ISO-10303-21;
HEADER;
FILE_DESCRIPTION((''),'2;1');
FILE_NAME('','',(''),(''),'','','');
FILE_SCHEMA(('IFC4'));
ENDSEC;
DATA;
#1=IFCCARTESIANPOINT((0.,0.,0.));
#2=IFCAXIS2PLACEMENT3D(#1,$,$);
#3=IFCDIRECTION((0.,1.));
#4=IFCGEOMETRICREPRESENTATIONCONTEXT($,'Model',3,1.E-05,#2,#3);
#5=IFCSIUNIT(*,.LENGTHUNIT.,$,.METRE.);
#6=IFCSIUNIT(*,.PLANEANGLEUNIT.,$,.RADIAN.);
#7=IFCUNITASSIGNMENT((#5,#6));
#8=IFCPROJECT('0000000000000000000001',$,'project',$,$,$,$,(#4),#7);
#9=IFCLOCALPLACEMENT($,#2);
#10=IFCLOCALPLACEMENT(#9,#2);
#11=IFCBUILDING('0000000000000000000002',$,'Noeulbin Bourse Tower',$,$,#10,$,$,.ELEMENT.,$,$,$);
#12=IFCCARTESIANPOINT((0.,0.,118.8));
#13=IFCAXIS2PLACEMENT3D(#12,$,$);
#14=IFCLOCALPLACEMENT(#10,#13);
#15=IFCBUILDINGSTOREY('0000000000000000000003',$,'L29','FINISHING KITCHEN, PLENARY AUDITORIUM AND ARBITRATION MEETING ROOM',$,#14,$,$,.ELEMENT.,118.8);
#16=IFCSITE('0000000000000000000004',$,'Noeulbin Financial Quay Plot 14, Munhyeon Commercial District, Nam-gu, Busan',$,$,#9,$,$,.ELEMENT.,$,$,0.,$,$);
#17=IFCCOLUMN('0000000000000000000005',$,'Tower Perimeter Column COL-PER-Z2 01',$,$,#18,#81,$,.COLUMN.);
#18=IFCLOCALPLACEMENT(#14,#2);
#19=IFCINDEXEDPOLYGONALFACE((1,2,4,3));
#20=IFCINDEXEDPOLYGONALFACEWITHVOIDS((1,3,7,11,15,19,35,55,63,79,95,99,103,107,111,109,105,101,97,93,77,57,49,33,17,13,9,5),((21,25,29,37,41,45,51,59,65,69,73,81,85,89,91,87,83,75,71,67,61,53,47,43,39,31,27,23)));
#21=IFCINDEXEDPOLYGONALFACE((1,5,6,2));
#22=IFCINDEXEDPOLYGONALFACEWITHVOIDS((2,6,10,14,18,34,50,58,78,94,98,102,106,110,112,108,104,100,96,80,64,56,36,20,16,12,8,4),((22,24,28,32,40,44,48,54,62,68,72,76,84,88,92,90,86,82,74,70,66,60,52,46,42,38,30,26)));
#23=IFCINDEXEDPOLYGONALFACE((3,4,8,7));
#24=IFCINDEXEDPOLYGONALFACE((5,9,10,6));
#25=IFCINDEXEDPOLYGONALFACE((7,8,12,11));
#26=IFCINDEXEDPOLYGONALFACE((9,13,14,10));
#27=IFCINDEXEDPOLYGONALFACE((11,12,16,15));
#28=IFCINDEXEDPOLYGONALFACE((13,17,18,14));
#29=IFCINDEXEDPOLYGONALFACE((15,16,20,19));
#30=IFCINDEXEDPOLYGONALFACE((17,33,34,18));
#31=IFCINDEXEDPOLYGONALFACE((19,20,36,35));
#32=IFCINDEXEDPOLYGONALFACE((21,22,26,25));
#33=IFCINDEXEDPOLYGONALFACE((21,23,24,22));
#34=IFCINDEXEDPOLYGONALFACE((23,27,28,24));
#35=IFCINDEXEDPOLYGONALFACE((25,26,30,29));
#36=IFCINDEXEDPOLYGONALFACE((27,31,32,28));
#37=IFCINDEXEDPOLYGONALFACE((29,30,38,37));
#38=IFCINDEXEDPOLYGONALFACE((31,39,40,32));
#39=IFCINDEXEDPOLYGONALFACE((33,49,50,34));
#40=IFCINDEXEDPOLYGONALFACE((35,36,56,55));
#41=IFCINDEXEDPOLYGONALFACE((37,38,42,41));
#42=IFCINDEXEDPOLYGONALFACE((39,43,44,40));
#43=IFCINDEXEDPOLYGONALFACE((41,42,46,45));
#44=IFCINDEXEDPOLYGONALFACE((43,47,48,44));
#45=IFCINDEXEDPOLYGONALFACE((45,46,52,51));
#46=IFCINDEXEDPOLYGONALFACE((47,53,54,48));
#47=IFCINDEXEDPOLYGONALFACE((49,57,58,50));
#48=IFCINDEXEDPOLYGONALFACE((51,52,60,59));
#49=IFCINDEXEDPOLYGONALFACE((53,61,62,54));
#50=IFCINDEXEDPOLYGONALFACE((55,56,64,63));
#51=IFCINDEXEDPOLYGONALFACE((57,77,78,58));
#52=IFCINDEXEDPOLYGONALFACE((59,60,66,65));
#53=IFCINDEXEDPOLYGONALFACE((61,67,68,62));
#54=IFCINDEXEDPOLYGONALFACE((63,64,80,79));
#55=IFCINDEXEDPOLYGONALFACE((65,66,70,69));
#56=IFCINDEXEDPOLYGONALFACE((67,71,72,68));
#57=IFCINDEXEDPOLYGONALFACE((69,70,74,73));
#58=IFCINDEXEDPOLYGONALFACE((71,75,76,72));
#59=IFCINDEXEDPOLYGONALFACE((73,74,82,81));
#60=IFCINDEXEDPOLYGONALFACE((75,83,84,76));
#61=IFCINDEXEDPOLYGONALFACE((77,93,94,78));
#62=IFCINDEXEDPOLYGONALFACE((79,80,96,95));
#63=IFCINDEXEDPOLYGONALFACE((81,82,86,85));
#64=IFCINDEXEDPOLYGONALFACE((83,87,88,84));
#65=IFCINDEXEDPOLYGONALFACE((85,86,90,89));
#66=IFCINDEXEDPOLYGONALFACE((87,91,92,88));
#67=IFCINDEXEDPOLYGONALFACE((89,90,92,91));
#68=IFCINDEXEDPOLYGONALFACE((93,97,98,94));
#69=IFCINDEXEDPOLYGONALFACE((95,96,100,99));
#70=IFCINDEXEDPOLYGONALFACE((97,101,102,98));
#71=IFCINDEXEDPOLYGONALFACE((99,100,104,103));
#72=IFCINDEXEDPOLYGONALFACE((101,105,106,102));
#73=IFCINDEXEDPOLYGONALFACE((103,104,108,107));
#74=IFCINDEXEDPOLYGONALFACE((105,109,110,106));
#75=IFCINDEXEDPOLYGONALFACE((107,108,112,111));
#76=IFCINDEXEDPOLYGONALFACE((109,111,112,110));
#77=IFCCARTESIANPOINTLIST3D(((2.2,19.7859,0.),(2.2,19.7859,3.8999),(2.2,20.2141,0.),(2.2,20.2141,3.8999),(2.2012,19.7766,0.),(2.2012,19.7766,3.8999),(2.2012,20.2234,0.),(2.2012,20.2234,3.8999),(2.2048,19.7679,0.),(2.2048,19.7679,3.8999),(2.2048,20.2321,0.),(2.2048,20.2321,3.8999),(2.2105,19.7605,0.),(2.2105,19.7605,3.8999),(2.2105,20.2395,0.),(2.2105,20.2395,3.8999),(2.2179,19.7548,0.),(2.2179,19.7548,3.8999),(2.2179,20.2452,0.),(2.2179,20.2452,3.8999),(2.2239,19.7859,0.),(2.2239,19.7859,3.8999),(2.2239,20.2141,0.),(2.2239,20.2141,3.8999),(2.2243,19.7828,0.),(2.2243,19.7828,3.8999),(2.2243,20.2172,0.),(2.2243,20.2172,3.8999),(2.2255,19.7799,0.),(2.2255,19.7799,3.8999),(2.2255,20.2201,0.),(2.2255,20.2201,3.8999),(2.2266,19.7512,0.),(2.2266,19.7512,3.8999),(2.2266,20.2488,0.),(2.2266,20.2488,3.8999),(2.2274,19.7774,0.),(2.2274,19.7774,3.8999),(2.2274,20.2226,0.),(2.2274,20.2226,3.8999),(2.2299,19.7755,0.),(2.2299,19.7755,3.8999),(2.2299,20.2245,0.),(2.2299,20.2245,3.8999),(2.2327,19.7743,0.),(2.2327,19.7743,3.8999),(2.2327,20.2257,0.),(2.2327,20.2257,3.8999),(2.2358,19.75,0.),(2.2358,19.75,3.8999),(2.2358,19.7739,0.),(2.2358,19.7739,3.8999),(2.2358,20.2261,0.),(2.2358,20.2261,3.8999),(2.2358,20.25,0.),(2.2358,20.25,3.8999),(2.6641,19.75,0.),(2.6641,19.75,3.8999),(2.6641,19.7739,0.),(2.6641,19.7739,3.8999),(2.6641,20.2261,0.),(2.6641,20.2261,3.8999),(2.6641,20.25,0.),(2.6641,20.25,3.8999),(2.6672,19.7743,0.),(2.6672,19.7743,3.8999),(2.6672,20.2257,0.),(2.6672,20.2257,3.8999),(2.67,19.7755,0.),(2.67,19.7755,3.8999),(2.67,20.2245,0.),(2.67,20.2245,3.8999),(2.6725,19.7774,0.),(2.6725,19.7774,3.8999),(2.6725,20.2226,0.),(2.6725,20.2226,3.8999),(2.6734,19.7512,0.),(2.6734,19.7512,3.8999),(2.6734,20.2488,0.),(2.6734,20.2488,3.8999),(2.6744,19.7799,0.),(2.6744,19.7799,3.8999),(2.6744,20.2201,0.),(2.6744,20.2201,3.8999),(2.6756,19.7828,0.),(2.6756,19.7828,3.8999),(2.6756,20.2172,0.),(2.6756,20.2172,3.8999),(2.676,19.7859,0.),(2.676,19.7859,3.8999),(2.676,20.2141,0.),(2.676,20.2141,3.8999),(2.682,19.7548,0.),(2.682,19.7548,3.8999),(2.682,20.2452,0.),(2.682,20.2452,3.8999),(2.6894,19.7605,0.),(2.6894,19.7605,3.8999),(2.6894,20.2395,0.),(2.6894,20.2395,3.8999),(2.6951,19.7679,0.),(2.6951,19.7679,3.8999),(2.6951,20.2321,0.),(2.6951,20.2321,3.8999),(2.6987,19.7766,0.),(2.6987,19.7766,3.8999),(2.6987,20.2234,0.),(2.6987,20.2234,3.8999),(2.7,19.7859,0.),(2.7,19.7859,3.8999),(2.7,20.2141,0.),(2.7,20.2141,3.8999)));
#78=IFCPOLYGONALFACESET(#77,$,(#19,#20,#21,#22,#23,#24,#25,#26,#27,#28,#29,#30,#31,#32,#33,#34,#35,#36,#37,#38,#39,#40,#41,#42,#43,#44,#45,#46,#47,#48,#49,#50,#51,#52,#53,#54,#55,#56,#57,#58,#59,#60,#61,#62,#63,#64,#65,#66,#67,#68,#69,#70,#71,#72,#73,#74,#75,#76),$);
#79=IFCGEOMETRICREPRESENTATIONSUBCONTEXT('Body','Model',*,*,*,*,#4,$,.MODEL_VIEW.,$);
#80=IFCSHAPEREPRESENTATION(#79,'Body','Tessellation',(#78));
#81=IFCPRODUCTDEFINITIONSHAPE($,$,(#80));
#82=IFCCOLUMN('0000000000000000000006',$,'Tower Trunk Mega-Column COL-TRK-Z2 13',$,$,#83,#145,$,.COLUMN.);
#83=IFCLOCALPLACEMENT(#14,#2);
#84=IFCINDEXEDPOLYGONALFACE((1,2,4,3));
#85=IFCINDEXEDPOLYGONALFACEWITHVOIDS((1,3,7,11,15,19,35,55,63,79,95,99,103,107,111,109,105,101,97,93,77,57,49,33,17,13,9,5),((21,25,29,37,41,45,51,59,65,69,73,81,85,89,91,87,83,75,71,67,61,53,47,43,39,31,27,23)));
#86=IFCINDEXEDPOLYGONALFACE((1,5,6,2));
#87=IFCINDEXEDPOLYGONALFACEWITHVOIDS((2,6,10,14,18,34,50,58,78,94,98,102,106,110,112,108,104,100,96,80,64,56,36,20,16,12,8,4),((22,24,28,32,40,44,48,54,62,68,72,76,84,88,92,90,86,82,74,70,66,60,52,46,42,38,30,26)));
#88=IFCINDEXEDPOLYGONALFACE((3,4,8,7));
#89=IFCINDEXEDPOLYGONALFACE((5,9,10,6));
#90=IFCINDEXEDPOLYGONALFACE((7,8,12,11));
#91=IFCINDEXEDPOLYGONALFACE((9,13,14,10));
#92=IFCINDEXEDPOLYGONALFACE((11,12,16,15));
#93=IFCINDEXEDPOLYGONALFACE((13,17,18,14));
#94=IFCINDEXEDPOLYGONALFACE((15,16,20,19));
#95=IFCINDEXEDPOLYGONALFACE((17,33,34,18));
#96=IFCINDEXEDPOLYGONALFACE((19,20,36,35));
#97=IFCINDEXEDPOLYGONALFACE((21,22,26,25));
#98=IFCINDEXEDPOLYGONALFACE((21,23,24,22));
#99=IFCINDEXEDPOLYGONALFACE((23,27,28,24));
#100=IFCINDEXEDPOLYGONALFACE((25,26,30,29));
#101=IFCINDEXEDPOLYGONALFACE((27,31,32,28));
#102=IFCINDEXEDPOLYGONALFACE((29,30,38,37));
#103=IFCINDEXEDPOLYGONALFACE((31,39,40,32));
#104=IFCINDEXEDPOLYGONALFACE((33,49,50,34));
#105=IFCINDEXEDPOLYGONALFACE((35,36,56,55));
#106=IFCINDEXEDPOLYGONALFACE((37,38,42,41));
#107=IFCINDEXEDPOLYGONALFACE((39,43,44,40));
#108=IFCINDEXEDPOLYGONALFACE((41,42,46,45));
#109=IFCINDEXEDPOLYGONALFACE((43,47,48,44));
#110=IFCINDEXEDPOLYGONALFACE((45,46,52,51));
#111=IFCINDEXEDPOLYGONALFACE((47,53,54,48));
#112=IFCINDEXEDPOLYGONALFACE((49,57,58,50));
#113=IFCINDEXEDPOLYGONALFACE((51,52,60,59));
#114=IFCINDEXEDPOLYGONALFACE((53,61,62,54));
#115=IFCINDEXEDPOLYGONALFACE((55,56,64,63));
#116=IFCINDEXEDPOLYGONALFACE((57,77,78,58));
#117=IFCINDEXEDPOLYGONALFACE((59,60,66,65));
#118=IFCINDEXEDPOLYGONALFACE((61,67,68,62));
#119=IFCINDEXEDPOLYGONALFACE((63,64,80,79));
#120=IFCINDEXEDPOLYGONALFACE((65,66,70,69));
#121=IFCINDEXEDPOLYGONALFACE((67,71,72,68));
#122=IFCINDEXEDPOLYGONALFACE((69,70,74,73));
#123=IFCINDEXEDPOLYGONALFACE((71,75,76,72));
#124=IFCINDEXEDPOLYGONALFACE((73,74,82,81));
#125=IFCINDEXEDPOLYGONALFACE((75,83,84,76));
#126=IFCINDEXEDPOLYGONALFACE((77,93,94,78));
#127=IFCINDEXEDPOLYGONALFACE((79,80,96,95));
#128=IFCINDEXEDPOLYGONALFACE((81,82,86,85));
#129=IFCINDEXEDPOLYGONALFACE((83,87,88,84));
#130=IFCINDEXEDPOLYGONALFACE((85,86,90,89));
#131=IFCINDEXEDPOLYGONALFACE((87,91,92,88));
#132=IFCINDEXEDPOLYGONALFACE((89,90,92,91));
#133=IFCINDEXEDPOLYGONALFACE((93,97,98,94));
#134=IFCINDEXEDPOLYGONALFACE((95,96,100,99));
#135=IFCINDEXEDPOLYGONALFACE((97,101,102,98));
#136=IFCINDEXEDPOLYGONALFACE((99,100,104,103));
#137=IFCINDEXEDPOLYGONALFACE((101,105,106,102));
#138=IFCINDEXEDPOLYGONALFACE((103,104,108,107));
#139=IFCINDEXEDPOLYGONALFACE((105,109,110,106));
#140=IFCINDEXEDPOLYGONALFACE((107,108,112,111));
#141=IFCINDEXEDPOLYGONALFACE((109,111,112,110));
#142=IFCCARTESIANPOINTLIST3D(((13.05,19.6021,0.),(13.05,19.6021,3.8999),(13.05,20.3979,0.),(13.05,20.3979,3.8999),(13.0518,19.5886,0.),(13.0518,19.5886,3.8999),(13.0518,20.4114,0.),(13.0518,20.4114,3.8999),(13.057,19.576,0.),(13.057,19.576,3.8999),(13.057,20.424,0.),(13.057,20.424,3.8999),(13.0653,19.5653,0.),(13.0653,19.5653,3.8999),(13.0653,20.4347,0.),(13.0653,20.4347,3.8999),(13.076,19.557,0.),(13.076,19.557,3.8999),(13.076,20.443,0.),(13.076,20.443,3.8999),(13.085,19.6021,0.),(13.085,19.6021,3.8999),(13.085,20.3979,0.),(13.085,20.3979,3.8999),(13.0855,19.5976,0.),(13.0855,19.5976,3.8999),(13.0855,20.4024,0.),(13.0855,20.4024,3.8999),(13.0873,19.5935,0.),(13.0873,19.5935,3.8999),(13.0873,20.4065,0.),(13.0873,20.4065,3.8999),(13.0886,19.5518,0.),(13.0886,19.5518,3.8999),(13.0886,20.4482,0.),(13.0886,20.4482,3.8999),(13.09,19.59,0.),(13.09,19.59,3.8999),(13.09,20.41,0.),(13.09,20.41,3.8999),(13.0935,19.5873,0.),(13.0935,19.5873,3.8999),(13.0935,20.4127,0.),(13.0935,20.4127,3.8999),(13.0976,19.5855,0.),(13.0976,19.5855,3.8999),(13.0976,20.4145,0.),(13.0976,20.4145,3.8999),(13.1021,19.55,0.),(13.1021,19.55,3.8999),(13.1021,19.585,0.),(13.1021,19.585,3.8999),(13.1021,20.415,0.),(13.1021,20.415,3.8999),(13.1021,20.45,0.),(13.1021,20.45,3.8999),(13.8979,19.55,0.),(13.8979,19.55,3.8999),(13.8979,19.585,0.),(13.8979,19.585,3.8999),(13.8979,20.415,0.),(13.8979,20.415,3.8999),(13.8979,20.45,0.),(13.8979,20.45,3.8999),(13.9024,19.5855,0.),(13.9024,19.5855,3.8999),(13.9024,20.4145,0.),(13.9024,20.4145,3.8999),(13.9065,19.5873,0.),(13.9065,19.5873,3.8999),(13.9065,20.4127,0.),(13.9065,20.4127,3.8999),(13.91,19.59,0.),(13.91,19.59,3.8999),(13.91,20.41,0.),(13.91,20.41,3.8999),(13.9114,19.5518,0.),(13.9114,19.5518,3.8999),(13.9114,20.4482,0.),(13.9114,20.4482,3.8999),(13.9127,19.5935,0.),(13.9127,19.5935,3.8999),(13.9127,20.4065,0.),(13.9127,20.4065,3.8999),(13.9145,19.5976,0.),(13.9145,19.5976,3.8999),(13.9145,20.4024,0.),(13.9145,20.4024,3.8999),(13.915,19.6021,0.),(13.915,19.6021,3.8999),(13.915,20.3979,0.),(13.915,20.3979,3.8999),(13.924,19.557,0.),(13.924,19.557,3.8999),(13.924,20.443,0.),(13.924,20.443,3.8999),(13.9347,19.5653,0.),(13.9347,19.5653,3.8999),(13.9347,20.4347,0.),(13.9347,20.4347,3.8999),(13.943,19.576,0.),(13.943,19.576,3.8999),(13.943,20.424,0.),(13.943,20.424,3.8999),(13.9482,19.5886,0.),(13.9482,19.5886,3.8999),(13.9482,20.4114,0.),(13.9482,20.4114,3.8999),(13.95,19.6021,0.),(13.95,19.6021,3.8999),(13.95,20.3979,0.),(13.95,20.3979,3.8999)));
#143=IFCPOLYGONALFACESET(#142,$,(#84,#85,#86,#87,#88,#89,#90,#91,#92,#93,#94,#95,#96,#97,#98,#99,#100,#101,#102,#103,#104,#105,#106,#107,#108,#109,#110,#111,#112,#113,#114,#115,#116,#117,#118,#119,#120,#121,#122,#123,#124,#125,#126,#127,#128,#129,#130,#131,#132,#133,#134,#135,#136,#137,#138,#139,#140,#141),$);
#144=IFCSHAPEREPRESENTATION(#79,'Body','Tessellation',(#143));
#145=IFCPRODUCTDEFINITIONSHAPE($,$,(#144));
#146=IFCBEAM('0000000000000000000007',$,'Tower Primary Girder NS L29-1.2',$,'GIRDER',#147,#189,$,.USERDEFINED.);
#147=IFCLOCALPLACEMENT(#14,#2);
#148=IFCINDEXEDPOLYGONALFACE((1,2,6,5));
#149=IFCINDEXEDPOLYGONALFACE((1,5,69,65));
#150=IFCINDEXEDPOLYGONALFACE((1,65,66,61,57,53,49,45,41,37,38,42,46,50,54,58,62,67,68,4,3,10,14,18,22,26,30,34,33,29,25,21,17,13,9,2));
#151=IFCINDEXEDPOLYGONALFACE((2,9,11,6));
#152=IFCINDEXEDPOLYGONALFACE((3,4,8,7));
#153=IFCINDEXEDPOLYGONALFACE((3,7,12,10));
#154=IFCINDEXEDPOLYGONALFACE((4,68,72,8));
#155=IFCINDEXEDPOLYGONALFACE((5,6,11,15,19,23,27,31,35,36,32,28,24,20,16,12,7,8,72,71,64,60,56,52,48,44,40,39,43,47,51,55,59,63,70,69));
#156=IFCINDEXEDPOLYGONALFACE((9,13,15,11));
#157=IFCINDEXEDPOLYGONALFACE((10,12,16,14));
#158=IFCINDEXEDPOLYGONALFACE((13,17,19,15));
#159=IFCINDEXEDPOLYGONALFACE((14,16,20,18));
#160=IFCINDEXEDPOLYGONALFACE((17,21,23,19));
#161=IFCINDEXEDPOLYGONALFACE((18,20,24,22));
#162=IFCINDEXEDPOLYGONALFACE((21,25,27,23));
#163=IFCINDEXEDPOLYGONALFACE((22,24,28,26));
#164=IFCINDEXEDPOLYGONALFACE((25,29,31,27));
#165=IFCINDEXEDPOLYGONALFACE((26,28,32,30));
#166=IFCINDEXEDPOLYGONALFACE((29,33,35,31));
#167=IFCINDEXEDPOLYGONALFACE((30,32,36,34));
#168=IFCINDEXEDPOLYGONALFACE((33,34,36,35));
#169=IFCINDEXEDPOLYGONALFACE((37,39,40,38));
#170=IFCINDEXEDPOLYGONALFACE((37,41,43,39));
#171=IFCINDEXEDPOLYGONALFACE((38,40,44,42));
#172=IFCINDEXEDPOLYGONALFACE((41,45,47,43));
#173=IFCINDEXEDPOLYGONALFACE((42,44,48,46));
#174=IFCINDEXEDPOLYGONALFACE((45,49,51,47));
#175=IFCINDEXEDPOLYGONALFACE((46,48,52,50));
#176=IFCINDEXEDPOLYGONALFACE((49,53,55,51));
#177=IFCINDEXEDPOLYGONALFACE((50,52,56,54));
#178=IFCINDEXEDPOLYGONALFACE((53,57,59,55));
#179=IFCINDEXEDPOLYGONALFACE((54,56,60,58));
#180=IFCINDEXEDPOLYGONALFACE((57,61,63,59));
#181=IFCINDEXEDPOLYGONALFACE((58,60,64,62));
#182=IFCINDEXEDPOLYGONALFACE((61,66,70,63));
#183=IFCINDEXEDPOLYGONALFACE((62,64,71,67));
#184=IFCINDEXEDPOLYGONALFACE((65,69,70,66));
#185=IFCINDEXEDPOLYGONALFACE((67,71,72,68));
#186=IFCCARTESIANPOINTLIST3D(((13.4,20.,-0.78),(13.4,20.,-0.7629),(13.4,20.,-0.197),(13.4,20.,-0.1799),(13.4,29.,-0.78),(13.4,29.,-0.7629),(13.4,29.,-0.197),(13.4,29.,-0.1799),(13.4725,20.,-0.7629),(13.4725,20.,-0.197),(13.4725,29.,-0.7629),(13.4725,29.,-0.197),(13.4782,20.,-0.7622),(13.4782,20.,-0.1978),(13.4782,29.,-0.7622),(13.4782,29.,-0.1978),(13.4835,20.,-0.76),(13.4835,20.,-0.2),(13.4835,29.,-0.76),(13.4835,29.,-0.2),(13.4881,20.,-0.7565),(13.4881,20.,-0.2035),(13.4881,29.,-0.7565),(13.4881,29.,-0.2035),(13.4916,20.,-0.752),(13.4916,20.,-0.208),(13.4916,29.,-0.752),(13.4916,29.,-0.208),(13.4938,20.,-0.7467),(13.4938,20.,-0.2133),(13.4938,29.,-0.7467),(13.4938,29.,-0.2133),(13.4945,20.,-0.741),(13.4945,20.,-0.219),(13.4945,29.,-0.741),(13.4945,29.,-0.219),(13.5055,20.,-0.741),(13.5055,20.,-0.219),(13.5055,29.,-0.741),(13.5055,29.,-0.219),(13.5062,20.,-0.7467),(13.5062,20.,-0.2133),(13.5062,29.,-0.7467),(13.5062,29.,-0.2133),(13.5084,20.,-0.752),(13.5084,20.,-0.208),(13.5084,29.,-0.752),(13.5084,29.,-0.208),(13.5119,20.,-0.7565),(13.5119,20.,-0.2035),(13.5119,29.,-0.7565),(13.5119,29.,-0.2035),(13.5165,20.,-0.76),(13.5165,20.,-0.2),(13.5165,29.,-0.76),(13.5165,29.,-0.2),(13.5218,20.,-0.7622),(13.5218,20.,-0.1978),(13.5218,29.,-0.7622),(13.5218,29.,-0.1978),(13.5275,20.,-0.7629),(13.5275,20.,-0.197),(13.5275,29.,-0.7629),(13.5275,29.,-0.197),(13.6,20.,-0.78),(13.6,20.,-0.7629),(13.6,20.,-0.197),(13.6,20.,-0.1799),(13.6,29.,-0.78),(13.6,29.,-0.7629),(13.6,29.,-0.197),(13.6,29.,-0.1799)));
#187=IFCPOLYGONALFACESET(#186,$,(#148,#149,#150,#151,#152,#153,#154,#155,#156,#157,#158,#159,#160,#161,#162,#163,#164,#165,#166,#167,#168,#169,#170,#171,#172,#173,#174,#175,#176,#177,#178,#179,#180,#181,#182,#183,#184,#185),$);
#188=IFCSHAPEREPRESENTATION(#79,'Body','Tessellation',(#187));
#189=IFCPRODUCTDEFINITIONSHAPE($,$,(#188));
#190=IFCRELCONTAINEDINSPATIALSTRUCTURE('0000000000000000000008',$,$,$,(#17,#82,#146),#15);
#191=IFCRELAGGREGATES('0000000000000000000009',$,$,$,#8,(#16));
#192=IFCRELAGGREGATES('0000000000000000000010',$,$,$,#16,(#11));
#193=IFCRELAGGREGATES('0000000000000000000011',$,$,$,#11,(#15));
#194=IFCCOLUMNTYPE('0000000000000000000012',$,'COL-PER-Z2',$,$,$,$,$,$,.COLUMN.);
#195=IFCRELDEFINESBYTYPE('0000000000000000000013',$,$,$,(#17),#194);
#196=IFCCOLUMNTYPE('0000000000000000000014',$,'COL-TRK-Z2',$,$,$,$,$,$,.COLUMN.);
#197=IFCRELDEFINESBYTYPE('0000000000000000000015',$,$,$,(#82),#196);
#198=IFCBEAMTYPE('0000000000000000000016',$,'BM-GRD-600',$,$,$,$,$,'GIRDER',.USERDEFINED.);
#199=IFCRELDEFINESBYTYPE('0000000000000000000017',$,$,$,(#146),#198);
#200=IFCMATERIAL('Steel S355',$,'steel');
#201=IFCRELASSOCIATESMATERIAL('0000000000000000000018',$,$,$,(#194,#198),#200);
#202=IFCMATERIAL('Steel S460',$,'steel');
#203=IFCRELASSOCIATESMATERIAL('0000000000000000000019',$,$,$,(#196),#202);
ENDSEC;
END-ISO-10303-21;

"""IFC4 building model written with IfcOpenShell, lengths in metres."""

from ifc_helpers import new_model, si_unit, direction, frame, origin, origin_2d, place, context, subcontext, project, spatial, hollow_rectangle, i_section, extrude, material, material_profile, profile_set, type_object, element, save


model = new_model("IFC4")

# Units and contexts
model_context = context("Model", 3, precision=1e-05, world=origin(), true_north=direction((0.0, 1.0)))
body_context = subcontext(model_context, "Body", "Model", "MODEL_VIEW")
ifc_project = project(units=[si_unit("LENGTHUNIT", "METRE"), si_unit("PLANEANGLEUNIT", "RADIAN")], contexts=[model_context])

# Site, building, storey
site_placement = place(None, origin())
site = spatial("IfcSite", under=ifc_project, at=site_placement, Name="Noeulbin Financial Quay Plot 14, Munhyeon Commercial District, Nam-gu, Busan", CompositionType="ELEMENT", RefElevation=0.0)
building_placement = place(site_placement, origin())
building = spatial("IfcBuilding", under=site, at=building_placement, Name="Noeulbin Bourse Tower", CompositionType="ELEMENT")
storey_placement = place(building_placement, frame((0.0, 0.0, 118.8)))
storey = spatial("IfcBuildingStorey", under=building, at=storey_placement, Name="L29", Description="FINISHING KITCHEN, PLENARY AUDITORIUM AND ARBITRATION MEETING ROOM", CompositionType="ELEMENT", Elevation=118.8)

# Columns
ifc_material_1 = material(Name="Steel S355", Category="steel")
ifc_material_profile_1 = material_profile(ifc_material_1, hollow_rectangle(XDim=0.5, YDim=0.5, WallThickness=0.0239, InnerFilletRadius=0.012, OuterFilletRadius=0.0359, at=origin_2d()), Name="BOX-500x500x24", Category="LoadBearing")
ifc_profile_set_1 = profile_set([ifc_material_profile_1], Name="Steel S355")
column_type_1 = type_object("IfcColumnType", Name="COL-PER-Z2", PredefinedType="COLUMN", material=ifc_profile_set_1)
column_1_placement = place(storey_placement, frame((2.45, 20.0, 0.0), z_axis=(0.0, 0.0, 1.0), x_axis=(1.0, 0.0, 0.0)))
element("IfcColumn", 1, at=column_1_placement, inside=storey, type_object=column_type_1, Name="Tower Perimeter Column COL-PER-Z2 01", PredefinedType="COLUMN", context=body_context, shape_type="SweptSolid", body=[
    extrude(hollow_rectangle(XDim=0.5, YDim=0.5, WallThickness=0.0239, InnerFilletRadius=0.012, OuterFilletRadius=0.0359, at=origin_2d()), origin(), (0.0, 0.0, 1.0), 3.8999),
])
ifc_material_2 = material(Name="Steel S460", Category="steel")
ifc_material_profile_2 = material_profile(ifc_material_2, hollow_rectangle(XDim=0.8999, YDim=0.8999, WallThickness=0.0349, InnerFilletRadius=0.0171, OuterFilletRadius=0.052, at=origin_2d()), Name="BOX-900x900x35", Category="LoadBearing")
ifc_profile_set_2 = profile_set([ifc_material_profile_2], Name="Steel S460")
column_type_2 = type_object("IfcColumnType", Name="COL-TRK-Z2", PredefinedType="COLUMN", material=ifc_profile_set_2)
column_2_placement = place(storey_placement, frame((13.5, 20.0, 0.0), z_axis=(0.0, 0.0, 1.0), x_axis=(1.0, 0.0, 0.0)))
element("IfcColumn", 2, at=column_2_placement, inside=storey, type_object=column_type_2, Name="Tower Trunk Mega-Column COL-TRK-Z2 13", PredefinedType="COLUMN", context=body_context, shape_type="SweptSolid", body=[
    extrude(hollow_rectangle(XDim=0.8999, YDim=0.8999, WallThickness=0.0349, InnerFilletRadius=0.0171, OuterFilletRadius=0.052, at=origin_2d()), origin(), (0.0, 0.0, 1.0), 3.8999),
])

# Beam
ifc_material_profile_3 = material_profile(ifc_material_1, i_section(OverallWidth=0.2, OverallDepth=0.6001, WebThickness=0.011, FlangeThickness=0.0171, FilletRadius=0.022, at=origin_2d()), Name="H-600x200x11x17", Category="LoadBearing")
ifc_profile_set_3 = profile_set([ifc_material_profile_3], Name="Steel S355")
beam_type_1 = type_object("IfcBeamType", Name="BM-GRD-600", ElementType="GIRDER", PredefinedType="USERDEFINED", material=ifc_profile_set_3)
beam_1_placement = place(storey_placement, frame((13.5, 20.0, -0.48), z_axis=(0.0, 1.0, 0.0), x_axis=(-1.0, 0.0, 0.0)))
element("IfcBeam", 3, at=beam_1_placement, inside=storey, type_object=beam_type_1, Name="Tower Primary Girder NS L29-1.2", ObjectType="GIRDER", PredefinedType="USERDEFINED", context=body_context, shape_type="SweptSolid", body=[
    extrude(i_section(OverallWidth=0.2, OverallDepth=0.6001, WebThickness=0.011, FlangeThickness=0.0171, FilletRadius=0.022, at=origin_2d()), origin(), (0.0, 0.0, 1.0), 9.0),
])

save(model, "model.ifc")
